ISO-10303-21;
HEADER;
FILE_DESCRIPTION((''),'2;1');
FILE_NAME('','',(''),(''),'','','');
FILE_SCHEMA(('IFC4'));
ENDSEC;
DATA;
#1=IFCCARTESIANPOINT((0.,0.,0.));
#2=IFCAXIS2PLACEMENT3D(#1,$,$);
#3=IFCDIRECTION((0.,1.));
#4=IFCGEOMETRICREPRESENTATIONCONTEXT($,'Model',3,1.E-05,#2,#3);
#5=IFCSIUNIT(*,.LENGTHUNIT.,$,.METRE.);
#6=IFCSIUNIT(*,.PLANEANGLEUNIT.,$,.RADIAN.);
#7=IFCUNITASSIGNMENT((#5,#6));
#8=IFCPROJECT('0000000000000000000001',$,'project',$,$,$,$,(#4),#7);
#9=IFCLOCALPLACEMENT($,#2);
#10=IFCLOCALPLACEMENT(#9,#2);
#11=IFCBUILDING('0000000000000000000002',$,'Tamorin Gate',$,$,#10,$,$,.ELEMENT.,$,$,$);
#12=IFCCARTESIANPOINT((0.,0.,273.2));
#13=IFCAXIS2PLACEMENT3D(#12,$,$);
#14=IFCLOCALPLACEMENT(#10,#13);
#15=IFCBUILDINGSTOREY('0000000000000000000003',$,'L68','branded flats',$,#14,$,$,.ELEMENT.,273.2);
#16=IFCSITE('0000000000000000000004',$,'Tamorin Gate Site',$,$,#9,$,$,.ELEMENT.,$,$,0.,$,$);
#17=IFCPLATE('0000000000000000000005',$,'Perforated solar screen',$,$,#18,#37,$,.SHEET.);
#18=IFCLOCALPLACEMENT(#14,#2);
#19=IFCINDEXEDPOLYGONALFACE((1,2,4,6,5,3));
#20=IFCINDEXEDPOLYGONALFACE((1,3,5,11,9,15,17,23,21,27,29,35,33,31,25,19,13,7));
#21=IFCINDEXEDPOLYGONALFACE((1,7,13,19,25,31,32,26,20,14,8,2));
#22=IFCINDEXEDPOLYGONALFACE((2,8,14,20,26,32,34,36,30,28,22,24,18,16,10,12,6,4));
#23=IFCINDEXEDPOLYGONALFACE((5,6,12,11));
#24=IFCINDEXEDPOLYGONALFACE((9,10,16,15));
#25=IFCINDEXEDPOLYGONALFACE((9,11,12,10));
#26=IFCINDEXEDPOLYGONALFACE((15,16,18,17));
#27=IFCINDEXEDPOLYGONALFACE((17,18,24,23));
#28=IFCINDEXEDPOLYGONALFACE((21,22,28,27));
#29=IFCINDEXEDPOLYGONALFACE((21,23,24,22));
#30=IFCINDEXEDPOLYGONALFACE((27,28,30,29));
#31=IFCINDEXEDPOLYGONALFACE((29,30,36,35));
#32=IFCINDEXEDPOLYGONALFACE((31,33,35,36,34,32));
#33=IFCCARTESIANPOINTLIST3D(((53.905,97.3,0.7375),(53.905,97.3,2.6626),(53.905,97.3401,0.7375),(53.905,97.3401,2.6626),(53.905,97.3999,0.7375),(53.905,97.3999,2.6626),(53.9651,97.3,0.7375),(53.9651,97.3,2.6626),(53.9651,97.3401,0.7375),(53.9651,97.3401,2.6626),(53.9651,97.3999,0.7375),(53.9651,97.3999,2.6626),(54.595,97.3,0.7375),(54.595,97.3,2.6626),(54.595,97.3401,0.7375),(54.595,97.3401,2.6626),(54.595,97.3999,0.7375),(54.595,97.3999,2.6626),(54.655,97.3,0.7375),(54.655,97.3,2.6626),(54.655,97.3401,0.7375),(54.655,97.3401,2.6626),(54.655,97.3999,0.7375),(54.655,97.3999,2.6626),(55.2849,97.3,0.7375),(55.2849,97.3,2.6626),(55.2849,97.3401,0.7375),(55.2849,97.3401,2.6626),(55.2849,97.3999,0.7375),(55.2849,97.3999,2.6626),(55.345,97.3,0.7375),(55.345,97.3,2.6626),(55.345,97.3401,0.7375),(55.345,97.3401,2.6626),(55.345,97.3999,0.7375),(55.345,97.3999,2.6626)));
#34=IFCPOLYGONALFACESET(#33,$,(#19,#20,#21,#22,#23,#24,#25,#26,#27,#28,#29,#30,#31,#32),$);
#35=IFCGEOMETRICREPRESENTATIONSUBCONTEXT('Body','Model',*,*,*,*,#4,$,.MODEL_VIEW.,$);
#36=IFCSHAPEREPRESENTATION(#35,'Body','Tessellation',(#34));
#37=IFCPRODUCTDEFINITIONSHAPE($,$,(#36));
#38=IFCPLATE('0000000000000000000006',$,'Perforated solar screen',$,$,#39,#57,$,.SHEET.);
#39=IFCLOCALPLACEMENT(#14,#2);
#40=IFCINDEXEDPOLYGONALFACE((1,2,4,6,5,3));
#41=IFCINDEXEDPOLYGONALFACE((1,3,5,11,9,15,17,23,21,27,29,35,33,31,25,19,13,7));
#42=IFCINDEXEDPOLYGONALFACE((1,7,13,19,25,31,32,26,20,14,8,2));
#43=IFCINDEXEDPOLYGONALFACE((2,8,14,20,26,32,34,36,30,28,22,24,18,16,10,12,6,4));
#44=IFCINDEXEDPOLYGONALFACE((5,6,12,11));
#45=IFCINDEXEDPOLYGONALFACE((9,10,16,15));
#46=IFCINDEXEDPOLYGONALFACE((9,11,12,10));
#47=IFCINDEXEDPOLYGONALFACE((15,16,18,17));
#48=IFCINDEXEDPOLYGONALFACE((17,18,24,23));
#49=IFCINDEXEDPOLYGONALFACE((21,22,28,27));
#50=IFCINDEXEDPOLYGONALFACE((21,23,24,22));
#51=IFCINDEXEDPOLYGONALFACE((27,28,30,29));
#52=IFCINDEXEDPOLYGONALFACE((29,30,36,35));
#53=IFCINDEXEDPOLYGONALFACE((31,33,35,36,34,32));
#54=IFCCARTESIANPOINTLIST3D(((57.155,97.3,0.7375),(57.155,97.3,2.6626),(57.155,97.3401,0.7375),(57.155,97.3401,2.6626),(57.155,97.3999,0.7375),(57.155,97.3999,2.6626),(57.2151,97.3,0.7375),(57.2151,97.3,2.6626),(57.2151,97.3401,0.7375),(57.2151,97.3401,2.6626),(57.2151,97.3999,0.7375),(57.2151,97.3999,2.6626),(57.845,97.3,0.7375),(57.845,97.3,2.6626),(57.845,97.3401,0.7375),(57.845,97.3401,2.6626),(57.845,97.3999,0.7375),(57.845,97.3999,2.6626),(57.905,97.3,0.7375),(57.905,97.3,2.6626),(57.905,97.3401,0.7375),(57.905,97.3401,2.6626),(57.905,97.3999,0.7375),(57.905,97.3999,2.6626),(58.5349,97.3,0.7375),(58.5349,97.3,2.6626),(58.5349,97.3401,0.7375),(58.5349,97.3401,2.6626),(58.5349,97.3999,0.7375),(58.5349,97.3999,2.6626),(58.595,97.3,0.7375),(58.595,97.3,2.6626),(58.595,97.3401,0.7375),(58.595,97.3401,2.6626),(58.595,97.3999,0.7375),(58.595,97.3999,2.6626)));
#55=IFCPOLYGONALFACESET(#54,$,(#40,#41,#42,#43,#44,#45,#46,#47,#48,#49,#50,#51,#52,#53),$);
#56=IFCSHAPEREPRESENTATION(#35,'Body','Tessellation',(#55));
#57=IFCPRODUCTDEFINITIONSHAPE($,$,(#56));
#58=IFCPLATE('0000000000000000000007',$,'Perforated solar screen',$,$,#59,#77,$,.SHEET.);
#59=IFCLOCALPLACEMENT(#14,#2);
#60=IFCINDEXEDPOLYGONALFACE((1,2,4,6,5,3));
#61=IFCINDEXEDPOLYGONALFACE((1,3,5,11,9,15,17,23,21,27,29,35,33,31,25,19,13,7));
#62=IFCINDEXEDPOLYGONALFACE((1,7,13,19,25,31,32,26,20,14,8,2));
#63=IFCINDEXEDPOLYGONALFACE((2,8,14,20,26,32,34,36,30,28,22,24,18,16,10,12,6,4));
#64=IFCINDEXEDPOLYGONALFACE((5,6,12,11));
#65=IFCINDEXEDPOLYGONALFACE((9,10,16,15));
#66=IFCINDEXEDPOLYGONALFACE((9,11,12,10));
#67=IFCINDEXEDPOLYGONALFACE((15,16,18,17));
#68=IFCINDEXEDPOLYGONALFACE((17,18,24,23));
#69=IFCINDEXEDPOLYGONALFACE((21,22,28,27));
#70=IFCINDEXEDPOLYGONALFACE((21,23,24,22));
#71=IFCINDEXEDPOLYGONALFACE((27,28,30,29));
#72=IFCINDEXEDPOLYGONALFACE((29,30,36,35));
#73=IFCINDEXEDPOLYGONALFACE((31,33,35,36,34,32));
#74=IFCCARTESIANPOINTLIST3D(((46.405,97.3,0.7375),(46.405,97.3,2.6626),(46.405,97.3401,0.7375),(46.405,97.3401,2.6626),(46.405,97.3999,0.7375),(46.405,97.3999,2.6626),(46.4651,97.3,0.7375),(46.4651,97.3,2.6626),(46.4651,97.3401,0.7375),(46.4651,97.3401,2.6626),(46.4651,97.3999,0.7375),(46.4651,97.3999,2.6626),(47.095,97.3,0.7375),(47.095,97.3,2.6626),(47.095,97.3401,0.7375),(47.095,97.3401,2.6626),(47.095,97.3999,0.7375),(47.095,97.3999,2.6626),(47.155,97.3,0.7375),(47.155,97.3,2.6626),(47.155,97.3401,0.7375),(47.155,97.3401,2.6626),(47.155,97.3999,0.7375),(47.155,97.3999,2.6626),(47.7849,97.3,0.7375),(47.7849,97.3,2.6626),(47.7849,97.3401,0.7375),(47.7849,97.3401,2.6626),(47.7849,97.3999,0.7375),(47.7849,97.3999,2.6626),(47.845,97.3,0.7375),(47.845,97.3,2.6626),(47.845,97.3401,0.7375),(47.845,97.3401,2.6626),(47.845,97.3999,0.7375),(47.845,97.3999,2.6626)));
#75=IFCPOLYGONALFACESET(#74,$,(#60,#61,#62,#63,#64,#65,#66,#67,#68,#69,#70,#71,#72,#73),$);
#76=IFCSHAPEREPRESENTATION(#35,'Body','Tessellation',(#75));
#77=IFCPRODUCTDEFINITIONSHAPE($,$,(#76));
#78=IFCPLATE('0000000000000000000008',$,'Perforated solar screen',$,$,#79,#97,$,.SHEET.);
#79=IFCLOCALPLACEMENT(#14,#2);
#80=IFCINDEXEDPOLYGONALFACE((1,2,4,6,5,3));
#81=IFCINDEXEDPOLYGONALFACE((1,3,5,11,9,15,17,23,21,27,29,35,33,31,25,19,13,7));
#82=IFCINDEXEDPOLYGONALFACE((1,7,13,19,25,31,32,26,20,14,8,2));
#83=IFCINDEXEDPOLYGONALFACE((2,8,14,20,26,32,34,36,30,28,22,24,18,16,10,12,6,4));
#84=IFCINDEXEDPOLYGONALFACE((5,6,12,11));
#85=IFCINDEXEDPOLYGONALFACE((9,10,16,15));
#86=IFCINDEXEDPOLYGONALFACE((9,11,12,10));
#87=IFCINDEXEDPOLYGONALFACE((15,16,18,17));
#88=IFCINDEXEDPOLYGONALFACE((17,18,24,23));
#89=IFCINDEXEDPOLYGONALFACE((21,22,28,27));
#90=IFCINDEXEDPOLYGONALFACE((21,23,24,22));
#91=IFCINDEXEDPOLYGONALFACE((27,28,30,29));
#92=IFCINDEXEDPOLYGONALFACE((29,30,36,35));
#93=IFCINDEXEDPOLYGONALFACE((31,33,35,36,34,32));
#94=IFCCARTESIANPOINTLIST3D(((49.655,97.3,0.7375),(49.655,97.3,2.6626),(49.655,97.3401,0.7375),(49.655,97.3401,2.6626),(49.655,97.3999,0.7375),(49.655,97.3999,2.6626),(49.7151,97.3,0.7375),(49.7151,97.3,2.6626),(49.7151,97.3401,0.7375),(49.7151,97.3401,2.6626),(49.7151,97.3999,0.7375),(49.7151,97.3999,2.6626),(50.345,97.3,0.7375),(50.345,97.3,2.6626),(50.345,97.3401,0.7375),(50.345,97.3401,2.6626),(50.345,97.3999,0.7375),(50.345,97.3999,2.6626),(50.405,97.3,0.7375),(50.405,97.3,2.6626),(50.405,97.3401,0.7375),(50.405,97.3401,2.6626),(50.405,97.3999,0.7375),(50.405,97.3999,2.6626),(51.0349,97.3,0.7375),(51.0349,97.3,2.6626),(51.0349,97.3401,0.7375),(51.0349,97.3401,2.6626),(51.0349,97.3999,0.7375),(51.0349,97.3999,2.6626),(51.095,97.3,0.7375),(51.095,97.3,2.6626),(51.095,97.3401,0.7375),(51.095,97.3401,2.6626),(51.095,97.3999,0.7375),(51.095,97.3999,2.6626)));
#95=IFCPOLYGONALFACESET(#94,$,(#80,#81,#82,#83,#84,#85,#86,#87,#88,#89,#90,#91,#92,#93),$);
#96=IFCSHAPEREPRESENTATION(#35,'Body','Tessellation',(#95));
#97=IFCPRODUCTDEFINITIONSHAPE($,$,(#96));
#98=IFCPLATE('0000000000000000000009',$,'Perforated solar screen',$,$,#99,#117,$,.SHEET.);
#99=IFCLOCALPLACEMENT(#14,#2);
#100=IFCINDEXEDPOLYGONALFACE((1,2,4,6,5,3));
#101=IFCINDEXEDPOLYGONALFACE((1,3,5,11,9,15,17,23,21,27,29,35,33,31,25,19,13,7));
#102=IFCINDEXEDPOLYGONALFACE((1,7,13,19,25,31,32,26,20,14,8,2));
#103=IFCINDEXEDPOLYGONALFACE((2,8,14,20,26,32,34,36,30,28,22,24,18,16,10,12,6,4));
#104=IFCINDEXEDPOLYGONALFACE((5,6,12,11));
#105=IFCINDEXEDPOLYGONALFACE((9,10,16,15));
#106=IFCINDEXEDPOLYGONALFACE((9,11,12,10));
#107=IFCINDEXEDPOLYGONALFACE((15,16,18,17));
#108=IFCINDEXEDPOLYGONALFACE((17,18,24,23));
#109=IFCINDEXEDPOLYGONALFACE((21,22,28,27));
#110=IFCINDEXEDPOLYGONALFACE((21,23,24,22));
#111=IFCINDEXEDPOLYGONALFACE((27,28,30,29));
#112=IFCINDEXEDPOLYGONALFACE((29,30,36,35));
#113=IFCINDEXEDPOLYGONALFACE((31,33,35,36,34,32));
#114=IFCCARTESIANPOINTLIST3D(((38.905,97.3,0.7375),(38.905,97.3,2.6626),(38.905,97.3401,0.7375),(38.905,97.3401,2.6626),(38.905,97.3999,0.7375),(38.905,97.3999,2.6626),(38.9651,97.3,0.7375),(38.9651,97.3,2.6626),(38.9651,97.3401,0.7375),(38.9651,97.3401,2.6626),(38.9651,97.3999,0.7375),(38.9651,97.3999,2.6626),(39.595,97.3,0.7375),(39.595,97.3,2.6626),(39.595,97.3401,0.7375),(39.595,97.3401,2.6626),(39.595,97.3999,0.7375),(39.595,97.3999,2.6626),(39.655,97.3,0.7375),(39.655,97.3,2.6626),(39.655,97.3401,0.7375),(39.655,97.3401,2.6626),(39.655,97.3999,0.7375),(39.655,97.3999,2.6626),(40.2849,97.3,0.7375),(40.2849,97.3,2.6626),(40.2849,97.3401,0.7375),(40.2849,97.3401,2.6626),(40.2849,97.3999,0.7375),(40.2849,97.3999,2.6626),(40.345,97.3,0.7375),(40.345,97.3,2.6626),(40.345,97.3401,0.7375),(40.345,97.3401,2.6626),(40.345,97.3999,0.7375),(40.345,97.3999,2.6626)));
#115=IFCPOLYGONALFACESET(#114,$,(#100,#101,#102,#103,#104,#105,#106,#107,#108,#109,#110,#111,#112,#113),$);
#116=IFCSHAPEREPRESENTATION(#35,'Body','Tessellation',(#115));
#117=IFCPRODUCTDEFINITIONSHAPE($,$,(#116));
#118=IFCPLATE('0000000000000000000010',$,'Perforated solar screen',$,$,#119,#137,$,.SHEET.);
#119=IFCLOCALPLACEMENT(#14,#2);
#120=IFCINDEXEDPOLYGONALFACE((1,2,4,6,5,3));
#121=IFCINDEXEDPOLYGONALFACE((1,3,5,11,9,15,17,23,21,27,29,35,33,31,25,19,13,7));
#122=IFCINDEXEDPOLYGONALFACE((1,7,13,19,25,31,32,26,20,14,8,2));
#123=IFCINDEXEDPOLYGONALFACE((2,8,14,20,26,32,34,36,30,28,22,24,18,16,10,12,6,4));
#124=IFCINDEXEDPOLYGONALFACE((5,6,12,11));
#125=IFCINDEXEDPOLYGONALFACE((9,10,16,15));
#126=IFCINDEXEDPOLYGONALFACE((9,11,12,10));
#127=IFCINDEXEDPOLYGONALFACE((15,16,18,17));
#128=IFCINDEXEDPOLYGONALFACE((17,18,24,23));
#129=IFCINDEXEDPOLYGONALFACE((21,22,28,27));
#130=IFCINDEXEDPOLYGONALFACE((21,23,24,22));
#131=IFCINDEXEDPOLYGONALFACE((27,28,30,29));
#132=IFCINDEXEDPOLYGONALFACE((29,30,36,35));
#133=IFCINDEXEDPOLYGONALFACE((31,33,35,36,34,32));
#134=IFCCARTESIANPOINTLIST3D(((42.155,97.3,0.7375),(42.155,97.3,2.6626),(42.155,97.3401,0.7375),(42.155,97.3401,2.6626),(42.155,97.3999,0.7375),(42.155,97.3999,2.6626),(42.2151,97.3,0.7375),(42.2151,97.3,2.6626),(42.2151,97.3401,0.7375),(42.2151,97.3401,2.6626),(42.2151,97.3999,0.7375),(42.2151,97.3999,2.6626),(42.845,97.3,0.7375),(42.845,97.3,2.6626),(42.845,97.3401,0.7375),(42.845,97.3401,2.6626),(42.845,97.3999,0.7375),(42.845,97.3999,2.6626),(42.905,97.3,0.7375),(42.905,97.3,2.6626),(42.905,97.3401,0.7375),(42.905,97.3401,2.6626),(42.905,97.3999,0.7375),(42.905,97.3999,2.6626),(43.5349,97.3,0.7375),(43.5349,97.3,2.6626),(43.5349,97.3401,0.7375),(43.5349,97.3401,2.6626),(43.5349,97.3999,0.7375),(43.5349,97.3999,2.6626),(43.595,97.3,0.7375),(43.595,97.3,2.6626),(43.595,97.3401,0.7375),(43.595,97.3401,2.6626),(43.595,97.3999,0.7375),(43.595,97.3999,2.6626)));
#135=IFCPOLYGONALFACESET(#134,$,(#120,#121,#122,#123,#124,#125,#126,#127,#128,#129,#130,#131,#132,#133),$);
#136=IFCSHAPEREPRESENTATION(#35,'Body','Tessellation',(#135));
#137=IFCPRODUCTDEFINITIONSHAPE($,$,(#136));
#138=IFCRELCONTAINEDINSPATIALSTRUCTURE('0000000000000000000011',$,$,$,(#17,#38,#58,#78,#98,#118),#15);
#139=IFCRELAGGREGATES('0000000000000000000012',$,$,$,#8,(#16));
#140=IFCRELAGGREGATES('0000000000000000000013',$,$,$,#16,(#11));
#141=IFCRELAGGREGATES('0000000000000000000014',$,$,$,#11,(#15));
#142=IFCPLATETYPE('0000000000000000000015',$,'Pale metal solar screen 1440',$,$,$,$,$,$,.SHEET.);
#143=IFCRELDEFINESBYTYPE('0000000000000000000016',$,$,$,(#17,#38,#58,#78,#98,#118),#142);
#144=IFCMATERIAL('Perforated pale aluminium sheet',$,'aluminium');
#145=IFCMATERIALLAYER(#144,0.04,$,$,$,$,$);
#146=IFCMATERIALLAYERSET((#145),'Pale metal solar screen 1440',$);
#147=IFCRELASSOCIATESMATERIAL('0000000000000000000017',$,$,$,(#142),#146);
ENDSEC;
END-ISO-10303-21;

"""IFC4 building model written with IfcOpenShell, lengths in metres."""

from ifc_helpers import new_model, si_unit, direction, frame, origin, place, context, subcontext, project, spatial, polyline, outline, extrude, material, layer, layer_set, type_object, element, save


model = new_model("IFC4")

# Units and contexts
model_context = context("Model", 3, precision=1e-05, world=origin(), true_north=direction((0.0, 1.0)))
body_context = subcontext(model_context, "Body", "Model", "MODEL_VIEW")
ifc_project = project(units=[si_unit("LENGTHUNIT", "METRE"), si_unit("PLANEANGLEUNIT", "RADIAN")], contexts=[model_context])

# Site, building, storey
site_placement = place(None, origin())
site = spatial("IfcSite", under=ifc_project, at=site_placement, Name="Tamorin Gate Site", CompositionType="ELEMENT", RefElevation=0.0)
building_placement = place(site_placement, origin())
building = spatial("IfcBuilding", under=site, at=building_placement, Name="Tamorin Gate", CompositionType="ELEMENT")
storey_placement = place(building_placement, frame((0.0, 0.0, 273.2)))
storey = spatial("IfcBuildingStorey", under=building, at=storey_placement, Name="L68", Description="branded flats", CompositionType="ELEMENT", Elevation=273.2)

# Plates
ifc_material_1 = material(Name="Perforated pale aluminium sheet", Category="aluminium")
ifc_layer_1 = layer(ifc_material_1, 0.04)
ifc_layer_set_1 = layer_set([ifc_layer_1], Name="Pale metal solar screen 1440")
plate_type = type_object("IfcPlateType", Name="Pale metal solar screen 1440", PredefinedType="SHEET", material=ifc_layer_set_1)
plate_1_placement = place(storey_placement, frame((0.0, 0.0, 0.7375)))
element("IfcPlate", 1, at=plate_1_placement, inside=storey, type_object=plate_type, Name="Perforated solar screen", PredefinedType="SHEET", context=body_context, shape_type="SweptSolid", body=[
    extrude(outline(polyline([(55.345, 97.3401), (55.345, 97.3), (55.2849, 97.3), (54.655, 97.3), (54.595, 97.3), (53.9651, 97.3), (53.905, 97.3), (53.905, 97.3401), (53.905, 97.3999), (53.9651, 97.3999), (53.9651, 97.3401), (54.595, 97.3401), (54.595, 97.3999), (54.655, 97.3999), (54.655, 97.3401), (55.2849, 97.3401), (55.2849, 97.3999), (55.345, 97.3999), (55.345, 97.3401)])), origin(), (0.0, 0.0, 1.0), 1.925),
])
plate_2_placement = place(storey_placement, frame((0.0, 0.0, 0.7375)))
element("IfcPlate", 2, at=plate_2_placement, inside=storey, type_object=plate_type, Name="Perforated solar screen", PredefinedType="SHEET", context=body_context, shape_type="SweptSolid", body=[
    extrude(outline(polyline([(58.595, 97.3401), (58.595, 97.3), (58.5349, 97.3), (57.905, 97.3), (57.845, 97.3), (57.2151, 97.3), (57.155, 97.3), (57.155, 97.3401), (57.155, 97.3999), (57.2151, 97.3999), (57.2151, 97.3401), (57.845, 97.3401), (57.845, 97.3999), (57.905, 97.3999), (57.905, 97.3401), (58.5349, 97.3401), (58.5349, 97.3999), (58.595, 97.3999), (58.595, 97.3401)])), origin(), (0.0, 0.0, 1.0), 1.925),
])
plate_3_placement = place(storey_placement, frame((0.0, 0.0, 0.7375)))
element("IfcPlate", 3, at=plate_3_placement, inside=storey, type_object=plate_type, Name="Perforated solar screen", PredefinedType="SHEET", context=body_context, shape_type="SweptSolid", body=[
    extrude(outline(polyline([(47.845, 97.3401), (47.845, 97.3), (47.7849, 97.3), (47.155, 97.3), (47.095, 97.3), (46.4651, 97.3), (46.405, 97.3), (46.405, 97.3401), (46.405, 97.3999), (46.4651, 97.3999), (46.4651, 97.3401), (47.095, 97.3401), (47.095, 97.3999), (47.155, 97.3999), (47.155, 97.3401), (47.7849, 97.3401), (47.7849, 97.3999), (47.845, 97.3999), (47.845, 97.3401)])), origin(), (0.0, 0.0, 1.0), 1.925),
])
plate_4_placement = place(storey_placement, frame((0.0, 0.0, 0.7375)))
element("IfcPlate", 4, at=plate_4_placement, inside=storey, type_object=plate_type, Name="Perforated solar screen", PredefinedType="SHEET", context=body_context, shape_type="SweptSolid", body=[
    extrude(outline(polyline([(51.095, 97.3401), (51.095, 97.3), (51.0349, 97.3), (50.405, 97.3), (50.345, 97.3), (49.7151, 97.3), (49.655, 97.3), (49.655, 97.3401), (49.655, 97.3999), (49.7151, 97.3999), (49.7151, 97.3401), (50.345, 97.3401), (50.345, 97.3999), (50.405, 97.3999), (50.405, 97.3401), (51.0349, 97.3401), (51.0349, 97.3999), (51.095, 97.3999), (51.095, 97.3401)])), origin(), (0.0, 0.0, 1.0), 1.925),
])
plate_5_placement = place(storey_placement, frame((0.0, 0.0, 0.7375)))
element("IfcPlate", 5, at=plate_5_placement, inside=storey, type_object=plate_type, Name="Perforated solar screen", PredefinedType="SHEET", context=body_context, shape_type="SweptSolid", body=[
    extrude(outline(polyline([(40.345, 97.3401), (40.345, 97.3), (40.2849, 97.3), (39.655, 97.3), (39.595, 97.3), (38.9651, 97.3), (38.905, 97.3), (38.905, 97.3401), (38.905, 97.3999), (38.9651, 97.3999), (38.9651, 97.3401), (39.595, 97.3401), (39.595, 97.3999), (39.655, 97.3999), (39.655, 97.3401), (40.2849, 97.3401), (40.2849, 97.3999), (40.345, 97.3999), (40.345, 97.3401)])), origin(), (0.0, 0.0, 1.0), 1.925),
])
plate_6_placement = place(storey_placement, frame((0.0, 0.0, 0.7375)))
element("IfcPlate", 6, at=plate_6_placement, inside=storey, type_object=plate_type, Name="Perforated solar screen", PredefinedType="SHEET", context=body_context, shape_type="SweptSolid", body=[
    extrude(outline(polyline([(43.595, 97.3401), (43.595, 97.3), (43.5349, 97.3), (42.905, 97.3), (42.845, 97.3), (42.2151, 97.3), (42.155, 97.3), (42.155, 97.3401), (42.155, 97.3999), (42.2151, 97.3999), (42.2151, 97.3401), (42.845, 97.3401), (42.845, 97.3999), (42.905, 97.3999), (42.905, 97.3401), (43.5349, 97.3401), (43.5349, 97.3999), (43.595, 97.3999), (43.595, 97.3401)])), origin(), (0.0, 0.0, 1.0), 1.925),
])

save(model, "model.ifc")
